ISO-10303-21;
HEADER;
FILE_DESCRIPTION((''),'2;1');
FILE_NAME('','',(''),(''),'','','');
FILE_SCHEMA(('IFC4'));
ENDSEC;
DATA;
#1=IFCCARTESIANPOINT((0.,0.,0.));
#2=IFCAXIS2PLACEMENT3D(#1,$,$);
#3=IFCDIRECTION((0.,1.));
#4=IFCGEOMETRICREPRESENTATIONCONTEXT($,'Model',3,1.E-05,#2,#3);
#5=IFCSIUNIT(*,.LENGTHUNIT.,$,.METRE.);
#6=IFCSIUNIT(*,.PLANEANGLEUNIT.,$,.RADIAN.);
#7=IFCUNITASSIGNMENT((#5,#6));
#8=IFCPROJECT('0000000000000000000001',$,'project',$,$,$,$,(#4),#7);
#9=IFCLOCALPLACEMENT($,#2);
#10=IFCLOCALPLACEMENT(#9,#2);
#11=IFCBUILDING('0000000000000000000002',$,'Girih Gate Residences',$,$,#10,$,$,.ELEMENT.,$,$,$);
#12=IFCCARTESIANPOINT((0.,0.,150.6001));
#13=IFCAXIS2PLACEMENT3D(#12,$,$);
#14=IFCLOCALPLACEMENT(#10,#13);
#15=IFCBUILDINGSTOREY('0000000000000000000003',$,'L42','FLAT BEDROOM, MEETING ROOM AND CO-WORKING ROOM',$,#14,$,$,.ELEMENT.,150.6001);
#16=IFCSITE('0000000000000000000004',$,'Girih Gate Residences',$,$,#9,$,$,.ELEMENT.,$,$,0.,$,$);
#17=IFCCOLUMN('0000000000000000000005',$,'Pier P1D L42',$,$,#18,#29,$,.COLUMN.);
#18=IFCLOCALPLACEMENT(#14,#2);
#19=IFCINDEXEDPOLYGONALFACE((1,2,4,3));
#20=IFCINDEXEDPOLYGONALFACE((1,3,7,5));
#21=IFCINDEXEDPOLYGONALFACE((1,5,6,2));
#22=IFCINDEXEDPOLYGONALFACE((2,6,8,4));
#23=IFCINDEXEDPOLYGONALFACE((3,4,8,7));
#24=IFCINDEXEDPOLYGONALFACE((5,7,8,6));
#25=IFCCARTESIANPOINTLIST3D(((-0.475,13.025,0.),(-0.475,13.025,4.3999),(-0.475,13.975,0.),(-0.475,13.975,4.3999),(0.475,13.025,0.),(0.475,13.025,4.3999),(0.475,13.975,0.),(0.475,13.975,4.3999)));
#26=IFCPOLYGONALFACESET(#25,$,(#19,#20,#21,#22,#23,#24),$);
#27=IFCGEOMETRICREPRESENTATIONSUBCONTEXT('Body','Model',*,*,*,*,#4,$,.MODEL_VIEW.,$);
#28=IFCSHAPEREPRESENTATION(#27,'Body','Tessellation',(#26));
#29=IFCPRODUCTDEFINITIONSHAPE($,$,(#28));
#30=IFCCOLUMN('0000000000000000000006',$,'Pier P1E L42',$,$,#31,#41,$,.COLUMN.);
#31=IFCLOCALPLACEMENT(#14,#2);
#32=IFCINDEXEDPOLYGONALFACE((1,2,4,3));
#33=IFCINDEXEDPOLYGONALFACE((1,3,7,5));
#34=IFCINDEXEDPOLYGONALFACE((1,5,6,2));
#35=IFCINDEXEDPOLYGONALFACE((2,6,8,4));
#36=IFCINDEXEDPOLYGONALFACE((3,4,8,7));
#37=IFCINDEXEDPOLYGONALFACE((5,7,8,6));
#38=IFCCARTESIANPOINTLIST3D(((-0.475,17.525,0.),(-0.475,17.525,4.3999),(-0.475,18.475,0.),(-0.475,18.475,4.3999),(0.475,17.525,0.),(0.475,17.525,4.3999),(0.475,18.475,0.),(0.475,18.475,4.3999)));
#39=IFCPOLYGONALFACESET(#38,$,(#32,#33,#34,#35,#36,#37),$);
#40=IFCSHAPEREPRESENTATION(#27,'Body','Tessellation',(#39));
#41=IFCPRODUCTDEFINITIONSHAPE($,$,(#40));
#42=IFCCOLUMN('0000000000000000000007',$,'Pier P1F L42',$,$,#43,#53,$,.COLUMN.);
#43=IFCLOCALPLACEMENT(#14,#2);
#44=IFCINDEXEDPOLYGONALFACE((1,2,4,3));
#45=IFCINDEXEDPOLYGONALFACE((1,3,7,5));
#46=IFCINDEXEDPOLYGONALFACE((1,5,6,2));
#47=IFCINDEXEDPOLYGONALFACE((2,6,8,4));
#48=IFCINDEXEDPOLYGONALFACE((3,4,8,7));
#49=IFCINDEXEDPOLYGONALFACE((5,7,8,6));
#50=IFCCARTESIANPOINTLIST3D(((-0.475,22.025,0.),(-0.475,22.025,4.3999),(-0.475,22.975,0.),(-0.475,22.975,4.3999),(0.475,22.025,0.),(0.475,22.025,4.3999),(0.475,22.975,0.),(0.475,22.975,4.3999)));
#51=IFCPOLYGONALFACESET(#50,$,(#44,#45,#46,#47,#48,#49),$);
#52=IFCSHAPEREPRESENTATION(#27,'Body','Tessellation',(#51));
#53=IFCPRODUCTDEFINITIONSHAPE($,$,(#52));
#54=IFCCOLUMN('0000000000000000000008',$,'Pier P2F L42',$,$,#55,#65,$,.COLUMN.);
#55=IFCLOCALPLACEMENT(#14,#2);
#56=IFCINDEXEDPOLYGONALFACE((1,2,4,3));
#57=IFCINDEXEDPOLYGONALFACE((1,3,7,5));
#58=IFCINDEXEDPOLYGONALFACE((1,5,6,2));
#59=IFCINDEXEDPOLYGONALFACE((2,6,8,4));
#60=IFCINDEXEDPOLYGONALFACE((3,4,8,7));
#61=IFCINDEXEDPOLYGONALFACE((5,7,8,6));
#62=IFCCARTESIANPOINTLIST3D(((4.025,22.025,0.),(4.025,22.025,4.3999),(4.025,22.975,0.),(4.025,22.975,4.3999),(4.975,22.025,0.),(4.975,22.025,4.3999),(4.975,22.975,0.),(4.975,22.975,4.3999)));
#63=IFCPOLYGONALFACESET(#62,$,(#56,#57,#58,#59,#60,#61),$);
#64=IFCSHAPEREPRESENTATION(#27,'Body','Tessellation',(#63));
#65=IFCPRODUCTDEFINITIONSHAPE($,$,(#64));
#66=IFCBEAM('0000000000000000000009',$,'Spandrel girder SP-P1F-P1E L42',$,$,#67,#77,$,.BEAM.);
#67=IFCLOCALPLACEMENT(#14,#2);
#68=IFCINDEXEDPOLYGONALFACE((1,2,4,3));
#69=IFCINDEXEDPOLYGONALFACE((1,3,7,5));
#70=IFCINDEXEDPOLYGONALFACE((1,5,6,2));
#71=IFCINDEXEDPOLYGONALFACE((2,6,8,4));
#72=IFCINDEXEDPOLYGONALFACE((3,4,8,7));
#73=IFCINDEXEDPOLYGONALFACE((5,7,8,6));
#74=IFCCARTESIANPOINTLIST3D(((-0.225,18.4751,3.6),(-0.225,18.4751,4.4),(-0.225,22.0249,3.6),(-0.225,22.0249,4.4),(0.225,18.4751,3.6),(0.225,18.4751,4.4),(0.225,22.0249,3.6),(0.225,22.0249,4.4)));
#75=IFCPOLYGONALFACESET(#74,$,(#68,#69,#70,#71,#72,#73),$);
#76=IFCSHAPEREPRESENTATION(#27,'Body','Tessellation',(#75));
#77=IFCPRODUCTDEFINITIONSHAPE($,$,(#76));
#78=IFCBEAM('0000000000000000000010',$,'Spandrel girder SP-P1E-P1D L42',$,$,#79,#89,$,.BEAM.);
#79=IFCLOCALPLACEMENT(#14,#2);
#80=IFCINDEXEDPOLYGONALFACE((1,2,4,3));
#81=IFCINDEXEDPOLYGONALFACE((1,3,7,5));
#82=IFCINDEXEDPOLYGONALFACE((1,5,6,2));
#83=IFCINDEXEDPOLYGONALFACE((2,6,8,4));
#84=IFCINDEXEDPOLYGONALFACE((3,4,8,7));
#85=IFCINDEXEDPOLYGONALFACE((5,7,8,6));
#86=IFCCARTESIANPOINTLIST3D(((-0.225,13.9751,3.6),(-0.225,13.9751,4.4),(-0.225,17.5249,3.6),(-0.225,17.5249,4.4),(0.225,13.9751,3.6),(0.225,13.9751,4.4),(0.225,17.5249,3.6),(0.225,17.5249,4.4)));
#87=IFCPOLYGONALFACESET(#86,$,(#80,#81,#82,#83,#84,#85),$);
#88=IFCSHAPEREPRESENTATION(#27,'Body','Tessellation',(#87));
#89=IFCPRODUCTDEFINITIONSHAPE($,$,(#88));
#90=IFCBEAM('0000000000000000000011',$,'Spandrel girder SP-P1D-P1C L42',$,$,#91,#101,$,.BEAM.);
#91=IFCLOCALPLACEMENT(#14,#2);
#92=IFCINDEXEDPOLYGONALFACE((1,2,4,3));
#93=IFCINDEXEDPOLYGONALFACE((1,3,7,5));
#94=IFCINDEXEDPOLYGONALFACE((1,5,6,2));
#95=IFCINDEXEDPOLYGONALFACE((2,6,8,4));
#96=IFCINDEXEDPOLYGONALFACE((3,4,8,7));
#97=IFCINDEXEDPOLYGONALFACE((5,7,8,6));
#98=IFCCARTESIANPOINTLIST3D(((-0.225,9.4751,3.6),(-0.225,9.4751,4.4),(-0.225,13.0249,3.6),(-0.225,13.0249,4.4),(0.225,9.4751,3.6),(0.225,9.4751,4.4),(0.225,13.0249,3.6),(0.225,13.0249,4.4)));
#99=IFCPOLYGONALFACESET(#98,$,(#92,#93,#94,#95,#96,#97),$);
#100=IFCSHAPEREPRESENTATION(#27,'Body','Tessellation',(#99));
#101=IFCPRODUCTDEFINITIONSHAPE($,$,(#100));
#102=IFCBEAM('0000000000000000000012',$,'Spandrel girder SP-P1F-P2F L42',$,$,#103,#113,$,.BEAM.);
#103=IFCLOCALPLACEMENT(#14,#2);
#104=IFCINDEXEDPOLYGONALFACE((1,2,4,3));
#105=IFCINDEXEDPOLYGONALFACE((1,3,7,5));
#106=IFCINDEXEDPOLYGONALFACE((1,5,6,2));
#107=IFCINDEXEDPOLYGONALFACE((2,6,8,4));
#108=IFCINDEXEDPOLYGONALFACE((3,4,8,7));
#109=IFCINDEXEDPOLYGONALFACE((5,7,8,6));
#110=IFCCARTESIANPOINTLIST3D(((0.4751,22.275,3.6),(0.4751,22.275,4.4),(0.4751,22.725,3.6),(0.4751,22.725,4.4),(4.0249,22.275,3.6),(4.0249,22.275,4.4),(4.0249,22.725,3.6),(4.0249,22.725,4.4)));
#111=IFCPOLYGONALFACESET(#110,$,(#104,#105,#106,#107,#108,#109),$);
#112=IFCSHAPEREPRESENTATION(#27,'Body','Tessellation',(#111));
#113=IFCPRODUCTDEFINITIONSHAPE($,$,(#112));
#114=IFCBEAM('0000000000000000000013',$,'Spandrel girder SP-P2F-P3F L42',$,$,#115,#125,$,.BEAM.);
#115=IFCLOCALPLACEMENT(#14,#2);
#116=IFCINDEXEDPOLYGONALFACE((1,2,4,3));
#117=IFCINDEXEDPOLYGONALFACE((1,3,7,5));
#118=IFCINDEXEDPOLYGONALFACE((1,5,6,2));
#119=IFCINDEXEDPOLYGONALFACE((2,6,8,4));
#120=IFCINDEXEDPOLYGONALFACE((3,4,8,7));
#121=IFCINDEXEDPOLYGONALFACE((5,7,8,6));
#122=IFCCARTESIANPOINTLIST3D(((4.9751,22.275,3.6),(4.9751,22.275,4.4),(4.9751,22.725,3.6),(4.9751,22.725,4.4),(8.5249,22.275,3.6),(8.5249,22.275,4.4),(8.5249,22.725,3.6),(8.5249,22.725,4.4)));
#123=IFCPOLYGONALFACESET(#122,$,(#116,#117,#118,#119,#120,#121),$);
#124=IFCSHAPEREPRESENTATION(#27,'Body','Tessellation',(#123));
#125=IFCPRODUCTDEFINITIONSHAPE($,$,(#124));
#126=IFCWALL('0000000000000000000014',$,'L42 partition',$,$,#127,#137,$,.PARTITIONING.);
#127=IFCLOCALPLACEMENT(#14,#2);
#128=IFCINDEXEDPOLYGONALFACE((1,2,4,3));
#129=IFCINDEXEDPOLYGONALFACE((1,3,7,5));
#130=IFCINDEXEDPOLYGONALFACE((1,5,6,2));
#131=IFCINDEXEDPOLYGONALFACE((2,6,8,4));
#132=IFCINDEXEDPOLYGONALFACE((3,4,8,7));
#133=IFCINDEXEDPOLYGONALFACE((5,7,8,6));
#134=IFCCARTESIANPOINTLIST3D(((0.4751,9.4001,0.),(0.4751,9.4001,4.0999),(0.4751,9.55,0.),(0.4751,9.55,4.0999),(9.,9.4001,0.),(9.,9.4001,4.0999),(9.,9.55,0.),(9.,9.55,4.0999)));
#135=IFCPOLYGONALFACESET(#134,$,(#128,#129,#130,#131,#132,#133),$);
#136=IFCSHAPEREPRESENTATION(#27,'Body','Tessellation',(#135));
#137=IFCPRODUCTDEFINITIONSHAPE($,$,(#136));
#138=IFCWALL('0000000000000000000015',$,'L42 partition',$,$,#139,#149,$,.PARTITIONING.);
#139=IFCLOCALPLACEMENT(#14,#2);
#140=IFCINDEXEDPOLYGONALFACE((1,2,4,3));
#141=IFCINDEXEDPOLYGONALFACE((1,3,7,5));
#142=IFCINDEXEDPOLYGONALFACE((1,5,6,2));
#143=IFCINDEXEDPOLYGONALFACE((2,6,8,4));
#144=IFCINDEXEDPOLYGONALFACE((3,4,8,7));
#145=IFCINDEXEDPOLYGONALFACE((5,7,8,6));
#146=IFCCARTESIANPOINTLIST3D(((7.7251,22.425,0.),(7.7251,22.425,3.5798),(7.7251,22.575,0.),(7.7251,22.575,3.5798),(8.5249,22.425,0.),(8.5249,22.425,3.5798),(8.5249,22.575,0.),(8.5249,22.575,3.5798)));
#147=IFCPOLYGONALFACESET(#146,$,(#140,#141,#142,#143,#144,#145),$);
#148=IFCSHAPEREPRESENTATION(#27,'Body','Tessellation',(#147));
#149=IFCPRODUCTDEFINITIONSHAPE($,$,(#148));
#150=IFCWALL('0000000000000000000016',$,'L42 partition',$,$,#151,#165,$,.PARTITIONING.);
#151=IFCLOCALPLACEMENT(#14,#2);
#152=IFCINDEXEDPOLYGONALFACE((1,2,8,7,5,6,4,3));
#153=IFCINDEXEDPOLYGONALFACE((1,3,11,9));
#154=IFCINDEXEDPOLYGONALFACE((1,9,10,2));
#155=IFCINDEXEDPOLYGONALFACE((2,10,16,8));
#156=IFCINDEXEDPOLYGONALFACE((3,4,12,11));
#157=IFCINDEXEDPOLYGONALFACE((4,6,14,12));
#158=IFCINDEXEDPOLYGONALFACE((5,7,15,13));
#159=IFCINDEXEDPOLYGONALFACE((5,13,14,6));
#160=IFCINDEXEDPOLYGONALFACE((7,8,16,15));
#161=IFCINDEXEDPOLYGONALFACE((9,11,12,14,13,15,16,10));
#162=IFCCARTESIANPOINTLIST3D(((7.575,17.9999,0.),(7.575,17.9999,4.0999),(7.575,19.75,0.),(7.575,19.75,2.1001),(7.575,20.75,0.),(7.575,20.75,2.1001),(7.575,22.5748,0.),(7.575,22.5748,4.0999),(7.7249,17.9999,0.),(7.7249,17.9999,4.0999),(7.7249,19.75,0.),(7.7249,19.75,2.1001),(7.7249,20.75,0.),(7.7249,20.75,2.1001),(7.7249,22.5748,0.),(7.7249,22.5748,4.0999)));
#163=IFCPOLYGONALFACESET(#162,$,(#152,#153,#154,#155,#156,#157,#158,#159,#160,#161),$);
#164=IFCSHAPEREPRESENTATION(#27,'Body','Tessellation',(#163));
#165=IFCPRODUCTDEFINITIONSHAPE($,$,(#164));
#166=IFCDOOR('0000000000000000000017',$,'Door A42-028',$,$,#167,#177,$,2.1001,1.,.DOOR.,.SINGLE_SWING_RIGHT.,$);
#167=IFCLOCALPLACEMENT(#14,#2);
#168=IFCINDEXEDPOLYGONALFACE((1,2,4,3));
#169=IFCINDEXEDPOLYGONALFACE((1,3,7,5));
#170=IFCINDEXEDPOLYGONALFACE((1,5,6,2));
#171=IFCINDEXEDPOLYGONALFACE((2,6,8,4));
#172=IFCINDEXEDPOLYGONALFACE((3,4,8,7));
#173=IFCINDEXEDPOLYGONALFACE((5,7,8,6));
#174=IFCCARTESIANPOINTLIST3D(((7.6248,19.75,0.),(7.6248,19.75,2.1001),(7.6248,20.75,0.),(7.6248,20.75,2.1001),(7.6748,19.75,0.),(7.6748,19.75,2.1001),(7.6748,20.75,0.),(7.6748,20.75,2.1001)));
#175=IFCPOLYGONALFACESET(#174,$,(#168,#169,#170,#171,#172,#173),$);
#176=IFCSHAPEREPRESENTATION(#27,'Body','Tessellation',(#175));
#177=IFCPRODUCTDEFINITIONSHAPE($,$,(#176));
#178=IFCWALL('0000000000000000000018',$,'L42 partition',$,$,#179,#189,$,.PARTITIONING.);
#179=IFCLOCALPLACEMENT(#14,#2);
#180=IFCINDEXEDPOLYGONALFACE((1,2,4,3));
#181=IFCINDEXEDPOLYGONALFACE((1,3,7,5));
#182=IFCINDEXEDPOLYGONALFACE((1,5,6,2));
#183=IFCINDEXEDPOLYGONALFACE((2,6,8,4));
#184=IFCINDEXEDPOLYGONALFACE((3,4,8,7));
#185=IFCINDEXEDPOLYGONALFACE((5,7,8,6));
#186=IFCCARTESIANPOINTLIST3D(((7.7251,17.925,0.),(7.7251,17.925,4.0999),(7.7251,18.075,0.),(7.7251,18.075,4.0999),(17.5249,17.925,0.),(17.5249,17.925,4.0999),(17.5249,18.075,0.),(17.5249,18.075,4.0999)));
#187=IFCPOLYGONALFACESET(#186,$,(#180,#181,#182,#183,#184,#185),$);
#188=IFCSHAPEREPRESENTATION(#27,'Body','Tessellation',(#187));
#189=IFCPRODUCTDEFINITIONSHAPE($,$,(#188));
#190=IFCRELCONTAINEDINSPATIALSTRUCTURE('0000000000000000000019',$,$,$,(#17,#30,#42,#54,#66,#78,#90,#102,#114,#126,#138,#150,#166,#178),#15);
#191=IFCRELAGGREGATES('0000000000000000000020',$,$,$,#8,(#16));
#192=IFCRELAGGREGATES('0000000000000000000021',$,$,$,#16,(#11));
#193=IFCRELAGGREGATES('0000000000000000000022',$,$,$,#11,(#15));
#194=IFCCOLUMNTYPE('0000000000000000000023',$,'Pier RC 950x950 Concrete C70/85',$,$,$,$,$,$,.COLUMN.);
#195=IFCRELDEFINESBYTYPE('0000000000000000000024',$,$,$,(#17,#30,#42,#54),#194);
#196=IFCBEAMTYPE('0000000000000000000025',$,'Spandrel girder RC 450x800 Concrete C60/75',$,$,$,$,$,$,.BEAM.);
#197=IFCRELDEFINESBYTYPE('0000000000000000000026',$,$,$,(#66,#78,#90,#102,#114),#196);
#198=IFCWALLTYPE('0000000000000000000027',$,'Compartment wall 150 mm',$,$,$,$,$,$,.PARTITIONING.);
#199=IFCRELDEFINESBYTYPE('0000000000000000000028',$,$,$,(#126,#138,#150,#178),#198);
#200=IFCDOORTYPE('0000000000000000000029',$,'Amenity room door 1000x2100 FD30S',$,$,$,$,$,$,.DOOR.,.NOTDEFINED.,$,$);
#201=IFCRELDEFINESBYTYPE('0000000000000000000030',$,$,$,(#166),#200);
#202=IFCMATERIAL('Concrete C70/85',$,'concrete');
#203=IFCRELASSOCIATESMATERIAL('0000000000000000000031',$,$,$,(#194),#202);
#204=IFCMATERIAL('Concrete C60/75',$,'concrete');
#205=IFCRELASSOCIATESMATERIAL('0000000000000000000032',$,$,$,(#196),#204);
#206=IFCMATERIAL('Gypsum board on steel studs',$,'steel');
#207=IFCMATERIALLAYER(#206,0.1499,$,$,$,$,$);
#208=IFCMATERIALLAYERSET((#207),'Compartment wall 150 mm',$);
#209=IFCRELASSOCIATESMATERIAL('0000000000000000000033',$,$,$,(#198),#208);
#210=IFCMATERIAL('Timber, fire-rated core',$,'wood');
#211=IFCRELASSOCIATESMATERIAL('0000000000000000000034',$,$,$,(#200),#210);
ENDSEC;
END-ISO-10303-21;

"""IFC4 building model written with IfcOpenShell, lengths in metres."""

from ifc_helpers import new_model, si_unit, direction, frame, frame_2d, origin, origin_2d, place, context, subcontext, project, spatial, rectangle, extrude, material, layer, layer_set, material_profile, profile_set, type_object, element, fill, save


model = new_model("IFC4")

# Units and contexts
model_context = context("Model", 3, precision=1e-05, world=origin(), true_north=direction((0.0, 1.0)))
body_context = subcontext(model_context, "Body", "Model", "MODEL_VIEW")
ifc_project = project(units=[si_unit("LENGTHUNIT", "METRE"), si_unit("PLANEANGLEUNIT", "RADIAN")], contexts=[model_context])

# Site, building, storey
site_placement = place(None, origin())
site = spatial("IfcSite", under=ifc_project, at=site_placement, Name="Girih Gate Residences", CompositionType="ELEMENT", RefElevation=0.0)
building_placement = place(site_placement, origin())
building = spatial("IfcBuilding", under=site, at=building_placement, Name="Girih Gate Residences", CompositionType="ELEMENT")
storey_placement = place(building_placement, frame((0.0, 0.0, 150.6001)))
storey = spatial("IfcBuildingStorey", under=building, at=storey_placement, Name="L42", Description="FLAT BEDROOM, MEETING ROOM AND CO-WORKING ROOM", CompositionType="ELEMENT", Elevation=150.6001)

# Columns
ifc_material_1 = material(Name="Concrete C70/85", Category="concrete")
ifc_material_profile_1 = material_profile(ifc_material_1, rectangle(XDim=0.95, YDim=0.95, at=origin_2d()))
ifc_profile_set_1 = profile_set([ifc_material_profile_1], Name="Concrete C70/85")
column_type = type_object("IfcColumnType", Name="Pier RC 950x950 Concrete C70/85", PredefinedType="COLUMN", material=ifc_profile_set_1)
for number, where, z_axis, x_axis, name in (
    (1, (0.0, 13.5, 0.0), (0.0, 0.0, 1.0), (1.0, 0.0, 0.0), "Pier P1D L42"),
    (2, (0.0, 18.0, 0.0), (0.0, 0.0, 1.0), (1.0, 0.0, 0.0), "Pier P1E L42"),
    (3, (0.0, 22.5, 0.0), (0.0, 0.0, 1.0), (1.0, 0.0, 0.0), "Pier P1F L42"),
    (4, (4.5, 22.5, 0.0), (0.0, 0.0, 1.0), (1.0, 0.0, 0.0), "Pier P2F L42"),
):
    element("IfcColumn", number, at=place(storey_placement, frame(where, z_axis=z_axis, x_axis=x_axis)), inside=storey, type_object=column_type, Name=name, PredefinedType="COLUMN", context=body_context, shape_type="SweptSolid", body=[
        extrude(rectangle(XDim=0.95, YDim=0.95, at=origin_2d()), origin(), (0.0, 0.0, 1.0), 4.3999),
    ])

# Beams
ifc_material_2 = material(Name="Concrete C60/75", Category="concrete")
ifc_material_profile_2 = material_profile(ifc_material_2, rectangle(XDim=0.45, YDim=0.8, at=origin_2d()))
ifc_profile_set_2 = profile_set([ifc_material_profile_2], Name="Concrete C60/75")
beam_type = type_object("IfcBeamType", Name="Spandrel girder RC 450x800 Concrete C60/75", PredefinedType="BEAM", material=ifc_profile_set_2)
for number, where, z_axis, x_axis, name in (
    (5, (0.0, 22.0249, 4.0), (0.0, -1.0, 0.0), (1.0, 0.0, 0.0), "Spandrel girder SP-P1F-P1E L42"),
    (6, (0.0, 17.5249, 4.0), (0.0, -1.0, 0.0), (1.0, 0.0, 0.0), "Spandrel girder SP-P1E-P1D L42"),
    (7, (0.0, 13.0249, 4.0), (0.0, -1.0, 0.0), (1.0, 0.0, 0.0), "Spandrel girder SP-P1D-P1C L42"),
    (8, (0.4751, 22.5, 4.0), (1.0, 0.0, 0.0), (0.0, 1.0, 0.0), "Spandrel girder SP-P1F-P2F L42"),
    (9, (4.9751, 22.5, 4.0), (1.0, 0.0, 0.0), (0.0, 1.0, 0.0), "Spandrel girder SP-P2F-P3F L42"),
):
    element("IfcBeam", number, at=place(storey_placement, frame(where, z_axis=z_axis, x_axis=x_axis)), inside=storey, type_object=beam_type, Name=name, PredefinedType="BEAM", context=body_context, shape_type="SweptSolid", body=[
        extrude(rectangle(XDim=0.45, YDim=0.8, at=origin_2d()), origin(), (0.0, 0.0, 1.0), 3.5498),
    ])

# Walls
ifc_material_3 = material(Name="Gypsum board on steel studs", Category="steel")
ifc_layer_1 = layer(ifc_material_3, 0.1499)
ifc_layer_set_1 = layer_set([ifc_layer_1], Name="Compartment wall 150 mm")
wall_type_1 = type_object("IfcWallType", Name="Compartment wall 150 mm", PredefinedType="PARTITIONING", material=ifc_layer_set_1)
wall_1_placement = place(storey_placement, frame((0.4751, 9.4751, 0.0), z_axis=(0.0, 0.0, 1.0), x_axis=(1.0, 0.0, 0.0)))
element("IfcWall", 10, at=wall_1_placement, inside=storey, type_object=wall_type_1, Name="L42 partition", PredefinedType="PARTITIONING", context=body_context, shape_type="SweptSolid", body=[
    extrude(rectangle(XDim=8.5249, YDim=0.1499, at=frame_2d((4.2625, 0.0))), origin(), (0.0, 0.0, 1.0), 4.0999),
])
wall_2_placement = place(storey_placement, frame((7.7251, 22.5, 0.0), z_axis=(0.0, 0.0, 1.0), x_axis=(1.0, 0.0, 0.0)))
element("IfcWall", 11, at=wall_2_placement, inside=storey, type_object=wall_type_1, Name="L42 partition", PredefinedType="PARTITIONING", context=body_context, shape_type="SweptSolid", body=[
    extrude(rectangle(XDim=0.7998, YDim=0.1499, at=frame_2d((0.3999, 0.0))), origin(), (0.0, 0.0, 1.0), 3.5798),
])

# Wall, opening, door
wall_3_placement = place(storey_placement, frame((7.6499, 22.575, 0.0), z_axis=(0.0, 0.0, 1.0), x_axis=(0.0, -1.0, 0.0)))
wall_3 = element("IfcWall", 12, at=wall_3_placement, inside=storey, type_object=wall_type_1, Name="L42 partition", PredefinedType="PARTITIONING", context=body_context, shape_type="SweptSolid", body=[
    extrude(rectangle(XDim=4.575, YDim=0.1499, at=frame_2d((2.2876, 0.0))), origin(), (0.0, 0.0, 1.0), 4.0999),
])
opening_1_placement = place(wall_3_placement, frame((1.825, 0.0, 0.0)))
opening_1 = element("IfcOpeningElement", 13, at=opening_1_placement, cuts=wall_3, PredefinedType="OPENING", context=body_context, shape_type="SweptSolid", body=[
    extrude(rectangle(XDim=1.0, YDim=2.1001, at=frame_2d((0.5, 1.05))), frame((0.0, 0.085, 0.0), z_axis=(0.0, -1.0, 0.0), x_axis=(1.0, 0.0, 0.0)), (0.0, 0.0, 1.0), 0.1699),
])
ifc_material_4 = material(Name="Timber, fire-rated core", Category="wood")
door_type_1 = type_object("IfcDoorType", Name="Amenity room door 1000x2100 FD30S", OperationType="NOTDEFINED", PredefinedType="DOOR", material=ifc_material_4)
door_1_placement = place(opening_1_placement, origin())
door_1 = element("IfcDoor", 14, at=door_1_placement, inside=storey, type_object=door_type_1, Name="Door A42-028", OperationType="SINGLE_SWING_RIGHT", OverallHeight=2.1001, OverallWidth=1.0, PredefinedType="DOOR", context=body_context, shape_type="SweptSolid", body=[
    extrude(rectangle(XDim=1.0, YDim=2.1001, at=frame_2d((0.5, 1.05))), frame((0.0, 0.0249, 0.0), z_axis=(0.0, -1.0, 0.0), x_axis=(1.0, 0.0, 0.0)), (0.0, 0.0, 1.0), 0.05),
])
fill(opening_1, door_1)

# Wall
wall_4_placement = place(storey_placement, frame((7.7251, 18.0, 0.0), z_axis=(0.0, 0.0, 1.0), x_axis=(1.0, 0.0, 0.0)))
element("IfcWall", 15, at=wall_4_placement, inside=storey, type_object=wall_type_1, Name="L42 partition", PredefinedType="PARTITIONING", context=body_context, shape_type="SweptSolid", body=[
    extrude(rectangle(XDim=9.7998, YDim=0.1499, at=frame_2d((4.8999, 0.0))), origin(), (0.0, 0.0, 1.0), 4.0999),
])

save(model, "model.ifc")
